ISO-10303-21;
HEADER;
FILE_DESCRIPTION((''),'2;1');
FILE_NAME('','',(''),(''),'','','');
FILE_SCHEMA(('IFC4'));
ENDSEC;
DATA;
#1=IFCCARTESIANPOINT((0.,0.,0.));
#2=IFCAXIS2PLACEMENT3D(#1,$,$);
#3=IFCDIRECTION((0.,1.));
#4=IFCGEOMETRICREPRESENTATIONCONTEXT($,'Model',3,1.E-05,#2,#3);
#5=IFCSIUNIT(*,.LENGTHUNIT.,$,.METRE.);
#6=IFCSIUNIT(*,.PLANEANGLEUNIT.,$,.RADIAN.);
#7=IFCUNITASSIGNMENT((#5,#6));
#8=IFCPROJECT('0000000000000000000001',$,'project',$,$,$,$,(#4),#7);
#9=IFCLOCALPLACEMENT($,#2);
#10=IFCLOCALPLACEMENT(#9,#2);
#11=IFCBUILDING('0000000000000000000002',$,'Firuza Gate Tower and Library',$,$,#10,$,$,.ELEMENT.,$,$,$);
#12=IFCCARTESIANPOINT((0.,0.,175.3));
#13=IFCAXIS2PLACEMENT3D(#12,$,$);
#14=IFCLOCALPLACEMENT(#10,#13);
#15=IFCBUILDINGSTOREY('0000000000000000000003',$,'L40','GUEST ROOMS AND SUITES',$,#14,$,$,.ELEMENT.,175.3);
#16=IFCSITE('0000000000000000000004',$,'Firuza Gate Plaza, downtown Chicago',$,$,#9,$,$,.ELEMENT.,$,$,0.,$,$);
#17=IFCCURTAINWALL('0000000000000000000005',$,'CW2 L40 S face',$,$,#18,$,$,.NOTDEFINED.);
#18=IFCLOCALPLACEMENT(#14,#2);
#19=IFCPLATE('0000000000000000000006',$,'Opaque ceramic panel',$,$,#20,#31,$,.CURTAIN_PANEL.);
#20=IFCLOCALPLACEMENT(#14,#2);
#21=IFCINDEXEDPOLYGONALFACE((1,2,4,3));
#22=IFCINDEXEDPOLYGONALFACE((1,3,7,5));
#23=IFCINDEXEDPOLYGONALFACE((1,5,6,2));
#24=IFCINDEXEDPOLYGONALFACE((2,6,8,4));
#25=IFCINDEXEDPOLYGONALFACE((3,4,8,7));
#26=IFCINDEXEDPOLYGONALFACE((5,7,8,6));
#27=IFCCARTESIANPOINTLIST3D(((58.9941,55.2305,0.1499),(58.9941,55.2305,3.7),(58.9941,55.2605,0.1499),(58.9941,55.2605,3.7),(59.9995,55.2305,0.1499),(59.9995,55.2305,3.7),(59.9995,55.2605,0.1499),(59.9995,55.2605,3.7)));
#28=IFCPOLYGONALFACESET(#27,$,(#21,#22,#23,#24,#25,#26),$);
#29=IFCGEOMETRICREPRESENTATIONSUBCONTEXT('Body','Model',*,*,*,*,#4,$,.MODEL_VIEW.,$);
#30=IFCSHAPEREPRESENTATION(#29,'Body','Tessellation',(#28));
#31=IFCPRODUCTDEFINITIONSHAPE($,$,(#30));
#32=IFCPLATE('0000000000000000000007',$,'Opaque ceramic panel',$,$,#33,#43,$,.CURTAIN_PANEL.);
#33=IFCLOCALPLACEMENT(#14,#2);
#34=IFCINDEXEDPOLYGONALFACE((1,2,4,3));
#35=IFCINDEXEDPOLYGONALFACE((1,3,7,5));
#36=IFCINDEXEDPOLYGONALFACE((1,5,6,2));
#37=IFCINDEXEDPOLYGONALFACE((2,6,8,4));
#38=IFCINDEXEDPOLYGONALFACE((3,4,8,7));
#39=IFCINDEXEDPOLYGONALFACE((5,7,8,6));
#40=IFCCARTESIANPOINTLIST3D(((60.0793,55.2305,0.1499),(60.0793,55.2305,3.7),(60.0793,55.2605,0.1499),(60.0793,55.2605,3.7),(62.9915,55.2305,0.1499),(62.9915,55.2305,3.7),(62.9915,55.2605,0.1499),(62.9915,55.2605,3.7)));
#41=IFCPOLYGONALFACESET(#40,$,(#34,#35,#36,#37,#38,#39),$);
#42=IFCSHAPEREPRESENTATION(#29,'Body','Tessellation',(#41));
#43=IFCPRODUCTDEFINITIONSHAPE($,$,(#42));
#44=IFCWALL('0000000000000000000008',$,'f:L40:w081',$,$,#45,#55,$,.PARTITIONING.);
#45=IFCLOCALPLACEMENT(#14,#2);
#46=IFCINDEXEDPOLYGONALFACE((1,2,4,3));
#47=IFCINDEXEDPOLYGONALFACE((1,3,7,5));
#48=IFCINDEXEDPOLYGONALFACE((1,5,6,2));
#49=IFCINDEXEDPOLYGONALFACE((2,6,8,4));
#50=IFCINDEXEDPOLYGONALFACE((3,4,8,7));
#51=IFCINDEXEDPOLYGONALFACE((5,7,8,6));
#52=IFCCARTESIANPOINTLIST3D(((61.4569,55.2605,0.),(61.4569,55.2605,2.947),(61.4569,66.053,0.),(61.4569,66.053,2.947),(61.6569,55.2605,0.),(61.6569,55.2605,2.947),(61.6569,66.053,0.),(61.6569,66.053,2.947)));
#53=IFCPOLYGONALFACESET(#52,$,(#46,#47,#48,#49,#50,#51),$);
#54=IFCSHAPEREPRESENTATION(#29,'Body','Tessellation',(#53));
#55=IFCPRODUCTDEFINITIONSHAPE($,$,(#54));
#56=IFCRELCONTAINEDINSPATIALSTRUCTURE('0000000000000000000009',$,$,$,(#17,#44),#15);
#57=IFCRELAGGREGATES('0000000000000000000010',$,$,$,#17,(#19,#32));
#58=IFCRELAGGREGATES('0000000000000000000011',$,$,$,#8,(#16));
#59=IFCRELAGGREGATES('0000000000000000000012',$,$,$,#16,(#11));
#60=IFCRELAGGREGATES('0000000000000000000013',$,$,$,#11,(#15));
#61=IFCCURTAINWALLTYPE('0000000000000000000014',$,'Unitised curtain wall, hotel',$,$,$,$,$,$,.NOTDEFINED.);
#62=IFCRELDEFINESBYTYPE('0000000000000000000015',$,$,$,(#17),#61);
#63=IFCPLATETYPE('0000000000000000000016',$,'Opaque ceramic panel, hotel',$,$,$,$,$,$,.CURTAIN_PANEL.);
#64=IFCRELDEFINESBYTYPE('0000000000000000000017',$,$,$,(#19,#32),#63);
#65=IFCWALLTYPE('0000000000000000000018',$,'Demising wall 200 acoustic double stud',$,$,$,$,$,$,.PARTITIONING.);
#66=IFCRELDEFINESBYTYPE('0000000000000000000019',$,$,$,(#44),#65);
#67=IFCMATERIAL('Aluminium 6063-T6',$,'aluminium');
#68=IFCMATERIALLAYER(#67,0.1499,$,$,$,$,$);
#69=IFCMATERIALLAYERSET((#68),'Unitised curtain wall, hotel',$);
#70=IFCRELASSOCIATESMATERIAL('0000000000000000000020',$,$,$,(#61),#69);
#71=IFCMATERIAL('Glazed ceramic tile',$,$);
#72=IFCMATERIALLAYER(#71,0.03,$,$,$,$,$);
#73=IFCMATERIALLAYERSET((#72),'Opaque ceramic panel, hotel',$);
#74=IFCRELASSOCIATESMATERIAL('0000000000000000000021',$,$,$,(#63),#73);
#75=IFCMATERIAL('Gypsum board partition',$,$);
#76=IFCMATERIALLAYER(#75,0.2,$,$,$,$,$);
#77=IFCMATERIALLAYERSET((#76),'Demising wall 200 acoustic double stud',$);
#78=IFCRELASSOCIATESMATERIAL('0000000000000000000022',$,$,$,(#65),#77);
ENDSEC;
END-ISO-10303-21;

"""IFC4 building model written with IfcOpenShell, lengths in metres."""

from ifc_helpers import new_model, si_unit, direction, frame, frame_2d, origin, place, context, subcontext, project, spatial, polyline, rectangle, outline, extrude, material, layer, layer_set, type_object, element, aggregate, save


model = new_model("IFC4")

# Units and contexts
model_context = context("Model", 3, precision=1e-05, world=origin(), true_north=direction((0.0, 1.0)))
body_context = subcontext(model_context, "Body", "Model", "MODEL_VIEW")
ifc_project = project(units=[si_unit("LENGTHUNIT", "METRE"), si_unit("PLANEANGLEUNIT", "RADIAN")], contexts=[model_context])

# Site, building, storey
site_placement = place(None, origin())
site = spatial("IfcSite", under=ifc_project, at=site_placement, Name="Firuza Gate Plaza, downtown Chicago", CompositionType="ELEMENT", RefElevation=0.0)
building_placement = place(site_placement, origin())
building = spatial("IfcBuilding", under=site, at=building_placement, Name="Firuza Gate Tower and Library", CompositionType="ELEMENT")
storey_placement = place(building_placement, frame((0.0, 0.0, 175.3)))
storey = spatial("IfcBuildingStorey", under=building, at=storey_placement, Name="L40", Description="GUEST ROOMS AND SUITES", CompositionType="ELEMENT", Elevation=175.3)

# Curtain wall
ifc_material_1 = material(Name="Aluminium 6063-T6", Category="aluminium")
ifc_layer_1 = layer(ifc_material_1, 0.1499)
ifc_layer_set_1 = layer_set([ifc_layer_1], Name="Unitised curtain wall, hotel")
curtain_wall_type = type_object("IfcCurtainWallType", Name="Unitised curtain wall, hotel", PredefinedType="NOTDEFINED", material=ifc_layer_set_1)
curtain_wall_placement = place(storey_placement, origin())
curtain_wall = element("IfcCurtainWall", 1, at=curtain_wall_placement, inside=storey, type_object=curtain_wall_type, Name="CW2 L40 S face", PredefinedType="NOTDEFINED")

# Plates
ifc_material_2 = material(Name="Glazed ceramic tile")
ifc_layer_2 = layer(ifc_material_2, 0.03)
ifc_layer_set_2 = layer_set([ifc_layer_2], Name="Opaque ceramic panel, hotel")
plate_type_1 = type_object("IfcPlateType", Name="Opaque ceramic panel, hotel", PredefinedType="CURTAIN_PANEL", material=ifc_layer_set_2)
plate_1_placement = place(storey_placement, frame((58.9941, 55.2305, 0.1499), z_axis=(0.0, -1.0, 0.0), x_axis=(1.0, 0.0, 0.0)))
plate_1 = element("IfcPlate", 2, at=plate_1_placement, type_object=plate_type_1, Name="Opaque ceramic panel", PredefinedType="CURTAIN_PANEL", context=body_context, shape_type="SweptSolid", body=[
    extrude(outline(polyline([(0.0, 0.0), (1.0054, 0.0), (1.0054, 3.55), (0.0, 3.55), (0.0, 0.0)])), origin(), (0.0, 0.0, -1.0), 0.03),
])
plate_2_placement = place(storey_placement, frame((60.0793, 55.2305, 0.1499), z_axis=(0.0, -1.0, 0.0), x_axis=(1.0, 0.0, 0.0)))
plate_2 = element("IfcPlate", 3, at=plate_2_placement, type_object=plate_type_1, Name="Opaque ceramic panel", PredefinedType="CURTAIN_PANEL", context=body_context, shape_type="SweptSolid", body=[
    extrude(outline(polyline([(0.0, 0.0), (2.9121, 0.0), (2.9121, 3.55), (0.0, 3.55), (0.0, 0.0)])), origin(), (0.0, 0.0, -1.0), 0.03),
])
aggregate(curtain_wall, [plate_1, plate_2])

# Wall
ifc_material_3 = material(Name="Gypsum board partition")
ifc_layer_3 = layer(ifc_material_3, 0.2)
ifc_layer_set_3 = layer_set([ifc_layer_3], Name="Demising wall 200 acoustic double stud")
wall_type = type_object("IfcWallType", Name="Demising wall 200 acoustic double stud", PredefinedType="PARTITIONING", material=ifc_layer_set_3)
wall_placement = place(storey_placement, frame((61.5569, 55.2605, 0.0), z_axis=(0.0, 0.0, 1.0), x_axis=(0.0, 1.0, 0.0)))
element("IfcWall", 4, at=wall_placement, inside=storey, type_object=wall_type, Name="f:L40:w081", PredefinedType="PARTITIONING", context=body_context, shape_type="SweptSolid", body=[
    extrude(rectangle(XDim=10.7925, YDim=0.2, at=frame_2d((5.3962, 0.0))), origin(), (0.0, 0.0, 1.0), 2.947),
])

save(model, "model.ifc")
